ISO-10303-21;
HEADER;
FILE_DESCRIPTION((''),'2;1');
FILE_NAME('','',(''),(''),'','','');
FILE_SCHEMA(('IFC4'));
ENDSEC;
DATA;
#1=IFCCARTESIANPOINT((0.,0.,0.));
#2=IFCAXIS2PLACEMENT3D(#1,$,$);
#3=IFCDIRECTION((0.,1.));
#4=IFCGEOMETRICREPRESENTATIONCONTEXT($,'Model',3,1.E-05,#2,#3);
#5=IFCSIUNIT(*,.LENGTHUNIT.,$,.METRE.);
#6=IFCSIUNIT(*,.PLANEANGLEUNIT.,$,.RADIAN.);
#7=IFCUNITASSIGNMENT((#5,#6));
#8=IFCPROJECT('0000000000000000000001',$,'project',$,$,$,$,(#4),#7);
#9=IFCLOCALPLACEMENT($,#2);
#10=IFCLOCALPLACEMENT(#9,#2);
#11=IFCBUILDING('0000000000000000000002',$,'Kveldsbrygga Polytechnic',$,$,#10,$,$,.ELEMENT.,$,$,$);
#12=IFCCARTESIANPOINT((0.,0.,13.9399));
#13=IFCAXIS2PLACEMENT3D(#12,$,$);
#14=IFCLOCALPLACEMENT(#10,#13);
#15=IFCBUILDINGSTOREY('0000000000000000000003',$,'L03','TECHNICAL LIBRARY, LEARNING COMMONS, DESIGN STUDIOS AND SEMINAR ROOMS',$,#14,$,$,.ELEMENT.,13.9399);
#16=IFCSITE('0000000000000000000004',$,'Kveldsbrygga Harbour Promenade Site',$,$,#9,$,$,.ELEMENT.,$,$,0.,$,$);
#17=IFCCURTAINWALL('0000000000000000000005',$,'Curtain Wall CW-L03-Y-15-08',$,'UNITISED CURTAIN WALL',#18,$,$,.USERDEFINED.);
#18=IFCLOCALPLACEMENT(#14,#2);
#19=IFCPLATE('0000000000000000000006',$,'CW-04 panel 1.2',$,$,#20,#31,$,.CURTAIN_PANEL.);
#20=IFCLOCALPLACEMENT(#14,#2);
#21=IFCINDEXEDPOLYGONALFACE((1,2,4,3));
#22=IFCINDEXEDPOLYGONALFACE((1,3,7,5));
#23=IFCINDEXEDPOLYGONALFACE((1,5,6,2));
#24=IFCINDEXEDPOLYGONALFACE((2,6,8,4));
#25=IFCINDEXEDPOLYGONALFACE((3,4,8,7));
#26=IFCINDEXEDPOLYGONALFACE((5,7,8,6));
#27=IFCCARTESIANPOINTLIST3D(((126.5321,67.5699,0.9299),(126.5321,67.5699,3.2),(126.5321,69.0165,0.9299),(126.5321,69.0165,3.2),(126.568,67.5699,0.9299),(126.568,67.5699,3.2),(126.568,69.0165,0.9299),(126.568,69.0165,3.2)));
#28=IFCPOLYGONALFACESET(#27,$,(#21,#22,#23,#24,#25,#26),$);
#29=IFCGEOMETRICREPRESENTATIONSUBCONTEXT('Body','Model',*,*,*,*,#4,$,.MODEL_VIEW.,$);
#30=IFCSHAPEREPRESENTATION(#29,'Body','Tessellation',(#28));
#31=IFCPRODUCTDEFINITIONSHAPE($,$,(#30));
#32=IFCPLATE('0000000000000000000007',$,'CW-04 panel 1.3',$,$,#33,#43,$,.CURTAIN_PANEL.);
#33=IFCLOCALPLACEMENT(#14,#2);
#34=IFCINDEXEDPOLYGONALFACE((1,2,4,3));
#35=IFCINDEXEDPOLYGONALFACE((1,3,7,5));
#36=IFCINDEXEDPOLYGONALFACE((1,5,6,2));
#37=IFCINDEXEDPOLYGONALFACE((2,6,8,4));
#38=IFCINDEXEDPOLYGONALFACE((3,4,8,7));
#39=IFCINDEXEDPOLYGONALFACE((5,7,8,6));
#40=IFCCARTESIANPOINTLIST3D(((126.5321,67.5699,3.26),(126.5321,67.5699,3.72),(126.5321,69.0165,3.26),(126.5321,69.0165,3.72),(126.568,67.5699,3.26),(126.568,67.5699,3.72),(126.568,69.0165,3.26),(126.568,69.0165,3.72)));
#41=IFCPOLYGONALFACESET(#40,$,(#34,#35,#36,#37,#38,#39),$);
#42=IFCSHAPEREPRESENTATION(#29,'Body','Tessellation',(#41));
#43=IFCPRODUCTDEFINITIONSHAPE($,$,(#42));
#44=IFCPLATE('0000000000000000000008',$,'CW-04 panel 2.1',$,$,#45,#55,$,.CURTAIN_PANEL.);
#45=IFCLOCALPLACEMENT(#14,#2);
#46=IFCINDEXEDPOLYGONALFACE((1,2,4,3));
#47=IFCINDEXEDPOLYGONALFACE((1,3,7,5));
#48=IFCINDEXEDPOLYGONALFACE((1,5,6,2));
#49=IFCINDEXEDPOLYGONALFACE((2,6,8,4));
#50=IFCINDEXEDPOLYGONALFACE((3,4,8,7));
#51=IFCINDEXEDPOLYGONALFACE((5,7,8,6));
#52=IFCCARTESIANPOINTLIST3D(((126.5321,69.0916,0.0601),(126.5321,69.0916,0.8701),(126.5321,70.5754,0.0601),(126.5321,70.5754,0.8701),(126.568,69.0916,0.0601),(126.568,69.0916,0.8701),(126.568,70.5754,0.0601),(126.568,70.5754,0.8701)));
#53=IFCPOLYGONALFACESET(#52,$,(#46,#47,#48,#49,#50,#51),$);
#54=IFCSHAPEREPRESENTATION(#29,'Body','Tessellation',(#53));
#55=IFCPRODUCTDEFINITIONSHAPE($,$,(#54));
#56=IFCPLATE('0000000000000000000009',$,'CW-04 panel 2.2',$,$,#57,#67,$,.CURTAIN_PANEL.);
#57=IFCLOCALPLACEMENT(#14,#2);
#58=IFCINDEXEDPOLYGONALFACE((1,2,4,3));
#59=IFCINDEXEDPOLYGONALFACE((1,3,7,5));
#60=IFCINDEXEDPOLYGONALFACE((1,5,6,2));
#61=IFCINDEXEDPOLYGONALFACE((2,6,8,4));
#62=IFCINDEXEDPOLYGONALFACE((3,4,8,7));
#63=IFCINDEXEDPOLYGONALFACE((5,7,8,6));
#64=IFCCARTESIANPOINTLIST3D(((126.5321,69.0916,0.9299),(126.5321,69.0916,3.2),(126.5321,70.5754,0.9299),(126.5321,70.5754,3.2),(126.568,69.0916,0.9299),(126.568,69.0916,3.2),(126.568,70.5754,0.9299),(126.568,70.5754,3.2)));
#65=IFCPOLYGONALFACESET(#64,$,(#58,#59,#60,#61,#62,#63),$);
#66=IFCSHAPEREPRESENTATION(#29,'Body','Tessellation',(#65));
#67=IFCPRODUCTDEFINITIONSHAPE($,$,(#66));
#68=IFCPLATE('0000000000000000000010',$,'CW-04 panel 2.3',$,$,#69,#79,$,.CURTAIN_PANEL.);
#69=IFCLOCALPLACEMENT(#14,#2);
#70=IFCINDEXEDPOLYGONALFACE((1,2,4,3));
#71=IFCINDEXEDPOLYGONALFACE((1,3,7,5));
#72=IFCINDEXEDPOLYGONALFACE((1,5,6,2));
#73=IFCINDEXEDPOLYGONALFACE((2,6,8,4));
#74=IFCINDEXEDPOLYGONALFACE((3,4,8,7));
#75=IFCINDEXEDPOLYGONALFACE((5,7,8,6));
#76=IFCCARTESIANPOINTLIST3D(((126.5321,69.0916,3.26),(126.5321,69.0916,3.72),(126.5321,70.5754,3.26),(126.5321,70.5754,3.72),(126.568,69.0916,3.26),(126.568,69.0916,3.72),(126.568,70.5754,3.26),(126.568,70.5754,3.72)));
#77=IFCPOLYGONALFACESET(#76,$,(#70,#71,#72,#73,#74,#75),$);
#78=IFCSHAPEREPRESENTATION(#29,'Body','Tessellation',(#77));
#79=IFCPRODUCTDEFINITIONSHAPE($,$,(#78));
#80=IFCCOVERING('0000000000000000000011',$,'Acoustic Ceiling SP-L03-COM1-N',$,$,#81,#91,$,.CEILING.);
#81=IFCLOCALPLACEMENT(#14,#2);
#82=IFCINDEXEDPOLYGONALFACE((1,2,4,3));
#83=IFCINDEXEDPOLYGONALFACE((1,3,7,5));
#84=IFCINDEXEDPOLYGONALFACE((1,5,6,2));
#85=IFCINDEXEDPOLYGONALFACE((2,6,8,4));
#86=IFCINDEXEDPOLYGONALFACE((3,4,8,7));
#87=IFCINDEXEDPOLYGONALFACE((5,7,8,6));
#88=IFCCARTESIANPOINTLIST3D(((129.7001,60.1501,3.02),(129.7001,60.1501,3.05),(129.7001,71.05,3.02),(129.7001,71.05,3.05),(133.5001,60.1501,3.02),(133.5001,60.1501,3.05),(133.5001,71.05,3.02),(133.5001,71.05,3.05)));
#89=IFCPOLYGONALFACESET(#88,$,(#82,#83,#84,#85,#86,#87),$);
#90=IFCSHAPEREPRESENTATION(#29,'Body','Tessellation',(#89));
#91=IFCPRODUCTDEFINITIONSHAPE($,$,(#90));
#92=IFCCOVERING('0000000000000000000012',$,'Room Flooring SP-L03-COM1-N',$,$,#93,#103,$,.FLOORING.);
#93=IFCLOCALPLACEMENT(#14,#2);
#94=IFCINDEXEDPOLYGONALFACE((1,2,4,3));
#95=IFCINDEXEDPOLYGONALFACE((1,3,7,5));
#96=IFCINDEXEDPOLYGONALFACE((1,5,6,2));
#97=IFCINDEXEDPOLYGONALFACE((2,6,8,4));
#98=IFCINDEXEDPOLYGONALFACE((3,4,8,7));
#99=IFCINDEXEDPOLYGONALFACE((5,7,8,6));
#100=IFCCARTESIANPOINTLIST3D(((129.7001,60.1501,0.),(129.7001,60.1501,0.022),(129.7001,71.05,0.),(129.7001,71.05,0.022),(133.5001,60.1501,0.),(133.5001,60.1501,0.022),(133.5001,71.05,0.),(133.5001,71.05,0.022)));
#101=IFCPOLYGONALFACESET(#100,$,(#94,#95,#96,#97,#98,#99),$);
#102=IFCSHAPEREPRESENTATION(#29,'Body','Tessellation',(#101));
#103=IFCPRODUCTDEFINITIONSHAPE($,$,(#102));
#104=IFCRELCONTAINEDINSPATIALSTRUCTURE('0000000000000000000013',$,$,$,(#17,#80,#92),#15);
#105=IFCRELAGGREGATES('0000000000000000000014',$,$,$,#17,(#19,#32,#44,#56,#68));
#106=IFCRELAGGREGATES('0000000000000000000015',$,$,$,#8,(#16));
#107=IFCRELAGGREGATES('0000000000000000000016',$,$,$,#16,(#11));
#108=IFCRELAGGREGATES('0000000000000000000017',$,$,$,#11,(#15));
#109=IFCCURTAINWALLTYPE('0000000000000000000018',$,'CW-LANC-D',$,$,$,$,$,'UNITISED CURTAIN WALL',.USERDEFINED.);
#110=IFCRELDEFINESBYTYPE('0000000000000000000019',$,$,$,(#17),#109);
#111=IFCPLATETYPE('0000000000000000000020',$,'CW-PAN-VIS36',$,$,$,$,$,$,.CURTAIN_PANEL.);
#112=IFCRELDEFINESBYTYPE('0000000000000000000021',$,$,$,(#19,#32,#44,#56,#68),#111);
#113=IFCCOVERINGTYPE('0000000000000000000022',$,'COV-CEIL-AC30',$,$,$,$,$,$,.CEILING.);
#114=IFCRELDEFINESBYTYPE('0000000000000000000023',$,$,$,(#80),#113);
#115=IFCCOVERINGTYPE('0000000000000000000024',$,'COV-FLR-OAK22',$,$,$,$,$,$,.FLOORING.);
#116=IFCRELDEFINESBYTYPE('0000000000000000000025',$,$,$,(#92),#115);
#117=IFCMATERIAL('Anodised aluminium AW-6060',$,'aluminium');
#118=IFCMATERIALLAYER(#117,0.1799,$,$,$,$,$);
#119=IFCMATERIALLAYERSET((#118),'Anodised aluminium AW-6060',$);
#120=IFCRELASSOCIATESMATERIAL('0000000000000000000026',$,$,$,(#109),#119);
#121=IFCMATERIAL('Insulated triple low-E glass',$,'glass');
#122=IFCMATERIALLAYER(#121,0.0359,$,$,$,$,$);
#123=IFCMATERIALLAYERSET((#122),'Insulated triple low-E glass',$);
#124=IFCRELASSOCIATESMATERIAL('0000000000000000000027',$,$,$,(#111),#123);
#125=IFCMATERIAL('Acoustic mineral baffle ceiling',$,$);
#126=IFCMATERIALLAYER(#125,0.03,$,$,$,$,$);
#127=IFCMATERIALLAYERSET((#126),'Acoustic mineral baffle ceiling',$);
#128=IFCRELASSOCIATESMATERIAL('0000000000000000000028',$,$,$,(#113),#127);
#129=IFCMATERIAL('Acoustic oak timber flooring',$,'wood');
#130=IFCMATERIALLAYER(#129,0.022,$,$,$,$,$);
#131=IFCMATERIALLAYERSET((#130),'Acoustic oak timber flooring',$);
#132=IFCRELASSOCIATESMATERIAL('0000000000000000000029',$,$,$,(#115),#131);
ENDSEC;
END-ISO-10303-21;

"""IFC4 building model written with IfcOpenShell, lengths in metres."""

from ifc_helpers import new_model, si_unit, direction, frame, origin, origin_2d, place, context, subcontext, project, spatial, rectangle, extrude, material, layer, layer_set, type_object, element, aggregate, save


model = new_model("IFC4")

# Units and contexts
model_context = context("Model", 3, precision=1e-05, world=origin(), true_north=direction((0.0, 1.0)))
body_context = subcontext(model_context, "Body", "Model", "MODEL_VIEW")
ifc_project = project(units=[si_unit("LENGTHUNIT", "METRE"), si_unit("PLANEANGLEUNIT", "RADIAN")], contexts=[model_context])

# Site, building, storey
site_placement = place(None, origin())
site = spatial("IfcSite", under=ifc_project, at=site_placement, Name="Kveldsbrygga Harbour Promenade Site", CompositionType="ELEMENT", RefElevation=0.0)
building_placement = place(site_placement, origin())
building = spatial("IfcBuilding", under=site, at=building_placement, Name="Kveldsbrygga Polytechnic", CompositionType="ELEMENT")
storey_placement = place(building_placement, frame((0.0, 0.0, 13.9399)))
storey = spatial("IfcBuildingStorey", under=building, at=storey_placement, Name="L03", Description="TECHNICAL LIBRARY, LEARNING COMMONS, DESIGN STUDIOS AND SEMINAR ROOMS", CompositionType="ELEMENT", Elevation=13.9399)

# Curtain wall, plates
ifc_material_1 = material(Name="Anodised aluminium AW-6060", Category="aluminium")
ifc_layer_1 = layer(ifc_material_1, 0.1799)
ifc_layer_set_1 = layer_set([ifc_layer_1], Name="Anodised aluminium AW-6060")
curtain_wall_type = type_object("IfcCurtainWallType", Name="CW-LANC-D", ElementType="UNITISED CURTAIN WALL", PredefinedType="USERDEFINED", material=ifc_layer_set_1)
curtain_wall_placement = place(storey_placement, origin())
curtain_wall = element("IfcCurtainWall", 1, at=curtain_wall_placement, inside=storey, type_object=curtain_wall_type, Name="Curtain Wall CW-L03-Y-15-08", ObjectType="UNITISED CURTAIN WALL", PredefinedType="USERDEFINED")
ifc_material_2 = material(Name="Insulated triple low-E glass", Category="glass")
ifc_layer_2 = layer(ifc_material_2, 0.0359)
ifc_layer_set_2 = layer_set([ifc_layer_2], Name="Insulated triple low-E glass")
plate_type = type_object("IfcPlateType", Name="CW-PAN-VIS36", PredefinedType="CURTAIN_PANEL", material=ifc_layer_set_2)
plate_1_placement = place(storey_placement, frame((126.55, 68.2932, 0.9299), z_axis=(0.0, 0.0, 1.0), x_axis=(0.0, 1.0, 0.0)))
plate_1 = element("IfcPlate", 2, at=plate_1_placement, type_object=plate_type, Name="CW-04 panel 1.2", PredefinedType="CURTAIN_PANEL", context=body_context, shape_type="SweptSolid", body=[
    extrude(rectangle(XDim=1.4465, YDim=0.0359, at=origin_2d()), origin(), (0.0, 0.0, 1.0), 2.27),
])
plate_2_placement = place(storey_placement, frame((126.55, 68.2932, 3.26), z_axis=(0.0, 0.0, 1.0), x_axis=(0.0, 1.0, 0.0)))
plate_2 = element("IfcPlate", 3, at=plate_2_placement, type_object=plate_type, Name="CW-04 panel 1.3", PredefinedType="CURTAIN_PANEL", context=body_context, shape_type="SweptSolid", body=[
    extrude(rectangle(XDim=1.4465, YDim=0.0359, at=origin_2d()), origin(), (0.0, 0.0, 1.0), 0.46),
])
plate_3_placement = place(storey_placement, frame((126.55, 69.8335, 0.0601), z_axis=(0.0, 0.0, 1.0), x_axis=(0.0, 1.0, 0.0)))
plate_3 = element("IfcPlate", 4, at=plate_3_placement, type_object=plate_type, Name="CW-04 panel 2.1", PredefinedType="CURTAIN_PANEL", context=body_context, shape_type="SweptSolid", body=[
    extrude(rectangle(XDim=1.4839, YDim=0.0359, at=origin_2d()), origin(), (0.0, 0.0, 1.0), 0.8101),
])
plate_4_placement = place(storey_placement, frame((126.55, 69.8335, 0.9299), z_axis=(0.0, 0.0, 1.0), x_axis=(0.0, 1.0, 0.0)))
plate_4 = element("IfcPlate", 5, at=plate_4_placement, type_object=plate_type, Name="CW-04 panel 2.2", PredefinedType="CURTAIN_PANEL", context=body_context, shape_type="SweptSolid", body=[
    extrude(rectangle(XDim=1.4839, YDim=0.0359, at=origin_2d()), origin(), (0.0, 0.0, 1.0), 2.27),
])
plate_5_placement = place(storey_placement, frame((126.55, 69.8335, 3.26), z_axis=(0.0, 0.0, 1.0), x_axis=(0.0, 1.0, 0.0)))
plate_5 = element("IfcPlate", 6, at=plate_5_placement, type_object=plate_type, Name="CW-04 panel 2.3", PredefinedType="CURTAIN_PANEL", context=body_context, shape_type="SweptSolid", body=[
    extrude(rectangle(XDim=1.4839, YDim=0.0359, at=origin_2d()), origin(), (0.0, 0.0, 1.0), 0.46),
])
aggregate(curtain_wall, [plate_1, plate_2, plate_3, plate_4, plate_5])

# Coverings
ifc_material_3 = material(Name="Acoustic mineral baffle ceiling")
ifc_layer_3 = layer(ifc_material_3, 0.03)
ifc_layer_set_3 = layer_set([ifc_layer_3], Name="Acoustic mineral baffle ceiling")
covering_type_1 = type_object("IfcCoveringType", Name="COV-CEIL-AC30", PredefinedType="CEILING", material=ifc_layer_set_3)
covering_1_placement = place(storey_placement, frame((131.6001, 65.6001, 3.02), z_axis=(0.0, 0.0, 1.0), x_axis=(1.0, 0.0, 0.0)))
element("IfcCovering", 7, at=covering_1_placement, inside=storey, type_object=covering_type_1, Name="Acoustic Ceiling SP-L03-COM1-N", PredefinedType="CEILING", context=body_context, shape_type="SweptSolid", body=[
    extrude(rectangle(XDim=3.8, YDim=10.8999, at=origin_2d()), origin(), (0.0, 0.0, 1.0), 0.03),
])
ifc_material_4 = material(Name="Acoustic oak timber flooring", Category="wood")
ifc_layer_4 = layer(ifc_material_4, 0.022)
ifc_layer_set_4 = layer_set([ifc_layer_4], Name="Acoustic oak timber flooring")
covering_type_2 = type_object("IfcCoveringType", Name="COV-FLR-OAK22", PredefinedType="FLOORING", material=ifc_layer_set_4)
covering_2_placement = place(storey_placement, frame((131.6001, 65.6001, 0.0), z_axis=(0.0, 0.0, 1.0), x_axis=(1.0, 0.0, 0.0)))
element("IfcCovering", 8, at=covering_2_placement, inside=storey, type_object=covering_type_2, Name="Room Flooring SP-L03-COM1-N", PredefinedType="FLOORING", context=body_context, shape_type="SweptSolid", body=[
    extrude(rectangle(XDim=3.8, YDim=10.8999, at=origin_2d()), origin(), (0.0, 0.0, 1.0), 0.022),
])

save(model, "model.ifc")
